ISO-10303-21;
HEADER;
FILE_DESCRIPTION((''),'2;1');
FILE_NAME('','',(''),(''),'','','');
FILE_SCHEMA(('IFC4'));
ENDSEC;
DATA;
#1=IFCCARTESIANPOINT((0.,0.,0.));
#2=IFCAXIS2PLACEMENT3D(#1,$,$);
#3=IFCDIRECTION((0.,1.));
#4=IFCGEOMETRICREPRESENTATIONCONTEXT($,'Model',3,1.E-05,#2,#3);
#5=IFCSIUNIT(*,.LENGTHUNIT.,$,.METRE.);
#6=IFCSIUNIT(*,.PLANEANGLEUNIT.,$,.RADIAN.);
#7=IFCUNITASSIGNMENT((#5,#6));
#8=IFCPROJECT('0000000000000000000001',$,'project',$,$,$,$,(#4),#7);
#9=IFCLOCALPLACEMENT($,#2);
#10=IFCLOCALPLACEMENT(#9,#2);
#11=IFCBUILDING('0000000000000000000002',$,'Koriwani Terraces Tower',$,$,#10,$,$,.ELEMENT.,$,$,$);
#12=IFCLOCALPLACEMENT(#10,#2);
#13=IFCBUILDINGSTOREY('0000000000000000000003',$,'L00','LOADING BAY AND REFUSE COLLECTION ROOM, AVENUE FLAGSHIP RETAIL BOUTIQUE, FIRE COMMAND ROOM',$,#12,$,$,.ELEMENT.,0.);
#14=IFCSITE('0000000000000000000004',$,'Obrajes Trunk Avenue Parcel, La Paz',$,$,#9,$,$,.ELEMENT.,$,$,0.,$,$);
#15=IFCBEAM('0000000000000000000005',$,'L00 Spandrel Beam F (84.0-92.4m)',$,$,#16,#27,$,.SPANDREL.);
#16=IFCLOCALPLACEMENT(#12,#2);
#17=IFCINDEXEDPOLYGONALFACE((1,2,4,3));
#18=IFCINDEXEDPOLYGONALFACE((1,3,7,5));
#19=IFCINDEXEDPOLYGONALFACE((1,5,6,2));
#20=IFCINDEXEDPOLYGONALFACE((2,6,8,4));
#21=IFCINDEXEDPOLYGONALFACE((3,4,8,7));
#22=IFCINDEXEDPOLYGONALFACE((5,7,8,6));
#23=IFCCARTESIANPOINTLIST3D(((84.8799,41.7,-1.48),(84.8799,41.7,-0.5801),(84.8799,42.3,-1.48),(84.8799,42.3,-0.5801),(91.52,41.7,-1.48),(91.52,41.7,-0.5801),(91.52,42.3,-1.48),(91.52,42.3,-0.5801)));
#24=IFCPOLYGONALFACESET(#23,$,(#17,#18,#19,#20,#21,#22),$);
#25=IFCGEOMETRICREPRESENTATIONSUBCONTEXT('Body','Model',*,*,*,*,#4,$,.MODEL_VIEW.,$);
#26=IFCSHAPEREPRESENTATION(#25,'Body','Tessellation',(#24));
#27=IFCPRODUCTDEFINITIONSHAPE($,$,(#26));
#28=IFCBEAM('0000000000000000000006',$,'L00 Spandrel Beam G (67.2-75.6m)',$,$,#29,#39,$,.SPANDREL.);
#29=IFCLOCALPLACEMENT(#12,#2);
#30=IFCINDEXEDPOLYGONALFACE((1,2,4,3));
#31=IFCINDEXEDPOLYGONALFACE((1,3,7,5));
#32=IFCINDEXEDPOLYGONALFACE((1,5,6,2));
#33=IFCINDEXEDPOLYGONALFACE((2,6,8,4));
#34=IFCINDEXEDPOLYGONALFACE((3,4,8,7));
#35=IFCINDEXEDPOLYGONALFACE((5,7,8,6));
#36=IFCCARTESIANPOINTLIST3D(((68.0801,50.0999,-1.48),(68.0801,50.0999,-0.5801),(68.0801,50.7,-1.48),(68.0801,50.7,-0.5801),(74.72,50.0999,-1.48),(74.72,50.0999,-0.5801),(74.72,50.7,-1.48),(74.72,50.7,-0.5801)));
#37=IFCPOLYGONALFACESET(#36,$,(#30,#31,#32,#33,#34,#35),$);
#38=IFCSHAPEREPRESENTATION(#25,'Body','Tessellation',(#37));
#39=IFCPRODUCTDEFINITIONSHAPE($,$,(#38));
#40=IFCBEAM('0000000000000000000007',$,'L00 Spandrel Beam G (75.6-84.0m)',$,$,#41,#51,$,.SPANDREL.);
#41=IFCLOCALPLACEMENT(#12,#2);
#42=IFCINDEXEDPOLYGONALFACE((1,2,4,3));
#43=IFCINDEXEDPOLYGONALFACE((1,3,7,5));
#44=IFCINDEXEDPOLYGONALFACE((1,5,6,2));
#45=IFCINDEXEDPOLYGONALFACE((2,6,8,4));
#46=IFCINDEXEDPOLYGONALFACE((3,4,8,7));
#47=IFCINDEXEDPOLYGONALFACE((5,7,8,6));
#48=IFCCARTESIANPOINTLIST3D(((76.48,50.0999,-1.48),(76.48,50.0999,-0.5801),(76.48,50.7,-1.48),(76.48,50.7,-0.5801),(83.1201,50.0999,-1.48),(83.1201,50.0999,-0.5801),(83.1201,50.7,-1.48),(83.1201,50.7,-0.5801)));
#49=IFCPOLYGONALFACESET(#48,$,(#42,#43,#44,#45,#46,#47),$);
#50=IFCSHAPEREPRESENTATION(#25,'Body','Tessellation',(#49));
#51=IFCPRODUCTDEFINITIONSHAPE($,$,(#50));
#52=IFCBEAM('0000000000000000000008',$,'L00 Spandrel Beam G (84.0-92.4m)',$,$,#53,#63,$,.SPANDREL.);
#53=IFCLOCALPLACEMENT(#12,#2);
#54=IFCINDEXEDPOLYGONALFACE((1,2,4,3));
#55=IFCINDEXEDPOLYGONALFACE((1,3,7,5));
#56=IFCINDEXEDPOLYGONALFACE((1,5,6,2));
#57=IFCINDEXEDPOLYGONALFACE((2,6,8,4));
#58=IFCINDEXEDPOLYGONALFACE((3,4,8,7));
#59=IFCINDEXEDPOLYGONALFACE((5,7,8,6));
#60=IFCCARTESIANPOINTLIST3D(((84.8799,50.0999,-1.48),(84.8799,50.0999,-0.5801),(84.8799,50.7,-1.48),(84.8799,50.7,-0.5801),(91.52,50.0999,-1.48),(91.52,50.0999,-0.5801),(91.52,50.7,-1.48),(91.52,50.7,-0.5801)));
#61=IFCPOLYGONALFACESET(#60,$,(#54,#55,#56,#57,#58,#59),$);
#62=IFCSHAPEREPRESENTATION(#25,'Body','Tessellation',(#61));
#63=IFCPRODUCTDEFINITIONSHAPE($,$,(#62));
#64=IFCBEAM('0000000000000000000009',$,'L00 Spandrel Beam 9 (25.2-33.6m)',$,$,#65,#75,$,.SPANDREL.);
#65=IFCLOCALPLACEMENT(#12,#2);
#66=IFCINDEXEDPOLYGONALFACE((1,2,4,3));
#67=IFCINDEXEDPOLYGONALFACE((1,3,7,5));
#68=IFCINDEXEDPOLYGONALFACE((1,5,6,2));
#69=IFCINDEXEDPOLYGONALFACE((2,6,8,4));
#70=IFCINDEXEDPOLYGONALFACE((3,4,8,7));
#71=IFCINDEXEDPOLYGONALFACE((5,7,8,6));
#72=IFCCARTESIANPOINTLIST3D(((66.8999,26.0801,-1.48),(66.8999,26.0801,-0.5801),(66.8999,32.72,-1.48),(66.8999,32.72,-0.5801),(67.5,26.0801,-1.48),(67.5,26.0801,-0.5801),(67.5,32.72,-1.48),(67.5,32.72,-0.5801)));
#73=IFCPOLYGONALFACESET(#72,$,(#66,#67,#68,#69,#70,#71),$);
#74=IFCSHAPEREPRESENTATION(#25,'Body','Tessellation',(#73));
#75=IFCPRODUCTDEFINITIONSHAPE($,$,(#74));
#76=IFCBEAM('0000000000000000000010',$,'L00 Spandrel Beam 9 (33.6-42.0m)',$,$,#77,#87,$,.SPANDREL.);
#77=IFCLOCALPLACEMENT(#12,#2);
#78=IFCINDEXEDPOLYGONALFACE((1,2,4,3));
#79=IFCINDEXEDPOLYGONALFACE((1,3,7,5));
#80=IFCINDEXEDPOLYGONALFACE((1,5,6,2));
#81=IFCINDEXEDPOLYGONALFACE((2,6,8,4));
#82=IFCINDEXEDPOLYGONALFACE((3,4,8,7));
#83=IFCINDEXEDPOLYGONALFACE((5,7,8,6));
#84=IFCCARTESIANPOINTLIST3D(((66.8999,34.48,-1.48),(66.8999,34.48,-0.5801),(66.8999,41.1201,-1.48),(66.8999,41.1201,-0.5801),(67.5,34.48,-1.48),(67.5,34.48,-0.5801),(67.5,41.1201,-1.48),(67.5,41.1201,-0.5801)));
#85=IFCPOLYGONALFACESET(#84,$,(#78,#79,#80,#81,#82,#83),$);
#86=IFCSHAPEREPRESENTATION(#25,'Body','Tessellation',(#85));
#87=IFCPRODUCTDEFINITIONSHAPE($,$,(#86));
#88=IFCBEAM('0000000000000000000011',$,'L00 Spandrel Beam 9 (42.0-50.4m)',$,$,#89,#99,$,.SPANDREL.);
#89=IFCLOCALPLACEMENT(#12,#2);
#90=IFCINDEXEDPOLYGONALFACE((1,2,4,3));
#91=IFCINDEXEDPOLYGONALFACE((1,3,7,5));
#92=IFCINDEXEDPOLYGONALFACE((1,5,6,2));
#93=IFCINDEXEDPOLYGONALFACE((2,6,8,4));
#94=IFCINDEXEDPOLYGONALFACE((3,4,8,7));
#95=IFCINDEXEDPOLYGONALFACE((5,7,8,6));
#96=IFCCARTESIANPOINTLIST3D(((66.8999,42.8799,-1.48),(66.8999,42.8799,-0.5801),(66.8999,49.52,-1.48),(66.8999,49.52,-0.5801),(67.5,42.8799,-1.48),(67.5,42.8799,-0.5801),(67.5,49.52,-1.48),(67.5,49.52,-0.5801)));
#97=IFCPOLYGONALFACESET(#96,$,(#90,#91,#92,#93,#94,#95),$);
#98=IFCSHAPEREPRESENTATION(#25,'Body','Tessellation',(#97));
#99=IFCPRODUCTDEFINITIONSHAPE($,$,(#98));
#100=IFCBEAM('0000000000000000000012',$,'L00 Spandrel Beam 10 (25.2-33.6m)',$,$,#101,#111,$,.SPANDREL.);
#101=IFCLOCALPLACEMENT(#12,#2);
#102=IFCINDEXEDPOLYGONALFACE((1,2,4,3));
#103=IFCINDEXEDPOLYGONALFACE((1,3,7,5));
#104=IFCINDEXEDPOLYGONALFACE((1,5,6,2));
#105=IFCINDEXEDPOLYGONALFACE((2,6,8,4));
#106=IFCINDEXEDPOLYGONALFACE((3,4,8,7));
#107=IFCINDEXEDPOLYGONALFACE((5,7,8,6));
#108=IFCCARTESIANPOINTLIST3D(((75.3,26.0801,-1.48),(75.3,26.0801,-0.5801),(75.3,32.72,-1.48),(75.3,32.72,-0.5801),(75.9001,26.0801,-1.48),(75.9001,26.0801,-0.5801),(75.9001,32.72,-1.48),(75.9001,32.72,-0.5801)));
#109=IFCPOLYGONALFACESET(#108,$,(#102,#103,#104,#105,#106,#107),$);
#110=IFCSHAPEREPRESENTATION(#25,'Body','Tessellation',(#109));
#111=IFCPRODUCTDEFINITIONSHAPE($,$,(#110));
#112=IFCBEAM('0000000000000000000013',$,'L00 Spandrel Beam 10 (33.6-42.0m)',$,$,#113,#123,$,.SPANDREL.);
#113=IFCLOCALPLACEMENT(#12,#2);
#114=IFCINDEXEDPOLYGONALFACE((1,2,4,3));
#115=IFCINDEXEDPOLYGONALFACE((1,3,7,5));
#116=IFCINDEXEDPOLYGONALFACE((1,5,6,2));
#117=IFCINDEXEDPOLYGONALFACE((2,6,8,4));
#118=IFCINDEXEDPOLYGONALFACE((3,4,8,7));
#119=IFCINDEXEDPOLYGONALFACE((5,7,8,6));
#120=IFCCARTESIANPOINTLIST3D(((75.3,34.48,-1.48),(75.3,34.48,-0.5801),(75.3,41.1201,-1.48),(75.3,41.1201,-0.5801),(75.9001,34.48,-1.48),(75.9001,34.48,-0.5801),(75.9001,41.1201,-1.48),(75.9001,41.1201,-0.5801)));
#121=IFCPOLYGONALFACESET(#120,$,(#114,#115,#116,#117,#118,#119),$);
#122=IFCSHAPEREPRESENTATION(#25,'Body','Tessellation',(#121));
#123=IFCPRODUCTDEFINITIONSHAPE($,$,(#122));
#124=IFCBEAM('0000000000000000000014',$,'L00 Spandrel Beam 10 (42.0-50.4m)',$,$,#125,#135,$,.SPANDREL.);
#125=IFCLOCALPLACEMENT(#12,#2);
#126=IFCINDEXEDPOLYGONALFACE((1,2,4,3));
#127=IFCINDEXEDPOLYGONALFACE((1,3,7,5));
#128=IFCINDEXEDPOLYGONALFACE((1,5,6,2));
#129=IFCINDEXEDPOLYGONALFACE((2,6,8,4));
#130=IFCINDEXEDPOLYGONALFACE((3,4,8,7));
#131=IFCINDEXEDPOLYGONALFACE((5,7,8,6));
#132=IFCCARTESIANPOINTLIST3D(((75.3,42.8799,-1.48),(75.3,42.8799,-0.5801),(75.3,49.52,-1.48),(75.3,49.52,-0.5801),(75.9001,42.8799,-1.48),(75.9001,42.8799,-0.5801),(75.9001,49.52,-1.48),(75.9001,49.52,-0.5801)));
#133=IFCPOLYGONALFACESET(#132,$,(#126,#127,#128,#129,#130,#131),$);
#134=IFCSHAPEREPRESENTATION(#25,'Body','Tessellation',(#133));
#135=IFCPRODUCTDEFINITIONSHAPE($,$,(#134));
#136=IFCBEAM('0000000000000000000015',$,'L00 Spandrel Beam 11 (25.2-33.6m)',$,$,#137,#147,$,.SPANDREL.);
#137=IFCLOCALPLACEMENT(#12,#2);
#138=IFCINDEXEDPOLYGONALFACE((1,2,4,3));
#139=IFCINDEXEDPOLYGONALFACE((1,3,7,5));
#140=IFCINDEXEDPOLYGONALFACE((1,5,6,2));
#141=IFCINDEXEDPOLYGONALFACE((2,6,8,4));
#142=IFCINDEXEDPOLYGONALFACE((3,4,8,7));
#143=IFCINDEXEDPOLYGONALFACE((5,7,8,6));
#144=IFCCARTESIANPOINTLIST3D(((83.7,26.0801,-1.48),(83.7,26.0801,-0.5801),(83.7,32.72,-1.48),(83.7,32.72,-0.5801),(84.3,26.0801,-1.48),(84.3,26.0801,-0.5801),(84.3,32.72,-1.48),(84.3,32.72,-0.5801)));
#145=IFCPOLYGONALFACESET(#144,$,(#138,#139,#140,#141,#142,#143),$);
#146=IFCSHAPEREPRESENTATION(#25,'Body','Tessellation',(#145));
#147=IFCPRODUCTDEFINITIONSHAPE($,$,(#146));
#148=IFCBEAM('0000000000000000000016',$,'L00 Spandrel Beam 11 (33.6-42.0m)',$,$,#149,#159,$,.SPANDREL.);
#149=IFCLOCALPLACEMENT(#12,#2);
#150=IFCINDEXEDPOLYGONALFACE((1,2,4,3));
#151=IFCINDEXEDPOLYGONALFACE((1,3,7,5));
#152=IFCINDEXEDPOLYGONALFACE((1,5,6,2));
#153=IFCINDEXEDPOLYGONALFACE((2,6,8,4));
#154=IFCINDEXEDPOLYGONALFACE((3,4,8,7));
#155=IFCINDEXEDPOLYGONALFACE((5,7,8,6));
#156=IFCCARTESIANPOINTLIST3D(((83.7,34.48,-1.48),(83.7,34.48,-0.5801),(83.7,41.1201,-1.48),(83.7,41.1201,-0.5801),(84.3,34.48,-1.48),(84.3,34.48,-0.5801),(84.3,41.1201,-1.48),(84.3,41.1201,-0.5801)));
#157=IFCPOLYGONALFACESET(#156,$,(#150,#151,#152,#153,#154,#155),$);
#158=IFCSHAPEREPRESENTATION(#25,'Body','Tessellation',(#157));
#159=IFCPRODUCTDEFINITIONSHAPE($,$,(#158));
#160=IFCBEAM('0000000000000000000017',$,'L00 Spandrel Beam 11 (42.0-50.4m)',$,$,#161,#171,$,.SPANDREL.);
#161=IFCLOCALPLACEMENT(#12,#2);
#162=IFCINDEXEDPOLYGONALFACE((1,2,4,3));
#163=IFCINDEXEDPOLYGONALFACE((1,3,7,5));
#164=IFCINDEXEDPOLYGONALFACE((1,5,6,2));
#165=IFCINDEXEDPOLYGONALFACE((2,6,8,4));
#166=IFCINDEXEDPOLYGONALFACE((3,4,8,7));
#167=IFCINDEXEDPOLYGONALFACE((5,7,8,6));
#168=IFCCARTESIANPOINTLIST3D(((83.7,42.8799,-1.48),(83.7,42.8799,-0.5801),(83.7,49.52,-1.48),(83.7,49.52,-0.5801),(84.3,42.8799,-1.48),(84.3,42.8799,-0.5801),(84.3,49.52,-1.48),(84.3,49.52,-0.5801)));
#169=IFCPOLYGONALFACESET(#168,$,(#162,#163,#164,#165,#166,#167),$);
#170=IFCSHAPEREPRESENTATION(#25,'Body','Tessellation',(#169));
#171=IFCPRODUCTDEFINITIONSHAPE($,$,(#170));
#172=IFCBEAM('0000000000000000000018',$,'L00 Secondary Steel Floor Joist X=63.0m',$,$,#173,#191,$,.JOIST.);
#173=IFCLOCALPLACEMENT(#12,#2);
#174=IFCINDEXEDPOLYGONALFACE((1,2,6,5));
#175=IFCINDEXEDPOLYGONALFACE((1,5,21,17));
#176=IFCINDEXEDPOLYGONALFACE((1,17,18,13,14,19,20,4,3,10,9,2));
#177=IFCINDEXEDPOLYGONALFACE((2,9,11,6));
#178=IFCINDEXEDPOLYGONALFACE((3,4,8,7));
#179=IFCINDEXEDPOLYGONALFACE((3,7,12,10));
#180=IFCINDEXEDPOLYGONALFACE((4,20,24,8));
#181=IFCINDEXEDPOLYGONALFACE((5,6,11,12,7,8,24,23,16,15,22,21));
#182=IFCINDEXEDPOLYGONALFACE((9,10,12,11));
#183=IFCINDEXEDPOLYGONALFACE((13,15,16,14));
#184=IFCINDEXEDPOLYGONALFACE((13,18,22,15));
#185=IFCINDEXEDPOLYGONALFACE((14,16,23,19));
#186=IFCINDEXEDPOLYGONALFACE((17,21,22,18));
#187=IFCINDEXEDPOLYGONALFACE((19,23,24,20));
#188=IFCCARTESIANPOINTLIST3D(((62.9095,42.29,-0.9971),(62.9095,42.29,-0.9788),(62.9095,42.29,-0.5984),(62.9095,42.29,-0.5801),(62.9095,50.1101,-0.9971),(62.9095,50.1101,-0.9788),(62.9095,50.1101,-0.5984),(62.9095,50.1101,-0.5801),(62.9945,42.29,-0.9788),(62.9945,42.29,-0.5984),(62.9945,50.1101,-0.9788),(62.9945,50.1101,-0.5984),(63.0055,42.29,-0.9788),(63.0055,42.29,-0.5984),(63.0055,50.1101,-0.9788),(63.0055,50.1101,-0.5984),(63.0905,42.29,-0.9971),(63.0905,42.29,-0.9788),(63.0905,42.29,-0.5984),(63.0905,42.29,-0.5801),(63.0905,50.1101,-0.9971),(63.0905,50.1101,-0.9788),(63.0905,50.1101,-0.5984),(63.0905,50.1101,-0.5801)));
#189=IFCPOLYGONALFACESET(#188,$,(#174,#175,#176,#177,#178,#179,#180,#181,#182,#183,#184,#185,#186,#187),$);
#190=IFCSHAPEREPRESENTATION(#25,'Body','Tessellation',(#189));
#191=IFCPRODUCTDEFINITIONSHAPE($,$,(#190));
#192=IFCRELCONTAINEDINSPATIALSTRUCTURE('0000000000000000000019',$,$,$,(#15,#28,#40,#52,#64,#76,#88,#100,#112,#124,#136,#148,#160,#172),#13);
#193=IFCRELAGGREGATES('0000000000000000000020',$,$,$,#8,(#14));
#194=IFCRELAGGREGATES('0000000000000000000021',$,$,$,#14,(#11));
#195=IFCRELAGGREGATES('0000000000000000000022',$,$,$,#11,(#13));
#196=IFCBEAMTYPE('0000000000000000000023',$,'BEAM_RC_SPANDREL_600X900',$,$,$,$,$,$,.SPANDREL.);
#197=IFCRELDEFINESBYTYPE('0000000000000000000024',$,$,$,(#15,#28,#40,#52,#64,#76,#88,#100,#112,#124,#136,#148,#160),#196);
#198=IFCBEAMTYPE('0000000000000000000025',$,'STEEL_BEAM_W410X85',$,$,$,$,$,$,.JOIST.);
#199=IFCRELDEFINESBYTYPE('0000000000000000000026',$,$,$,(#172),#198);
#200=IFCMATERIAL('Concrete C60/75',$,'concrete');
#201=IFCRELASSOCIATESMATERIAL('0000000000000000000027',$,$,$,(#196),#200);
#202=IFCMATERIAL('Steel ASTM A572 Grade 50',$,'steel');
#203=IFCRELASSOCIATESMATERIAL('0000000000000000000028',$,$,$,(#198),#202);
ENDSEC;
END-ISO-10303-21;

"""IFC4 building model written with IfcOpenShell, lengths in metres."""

from ifc_helpers import new_model, si_unit, direction, frame, origin, origin_2d, place, context, subcontext, project, spatial, rectangle, i_section, extrude, material, material_profile, profile_set, type_object, element, save


model = new_model("IFC4")

# Units and contexts
model_context = context("Model", 3, precision=1e-05, world=origin(), true_north=direction((0.0, 1.0)))
body_context = subcontext(model_context, "Body", "Model", "MODEL_VIEW")
ifc_project = project(units=[si_unit("LENGTHUNIT", "METRE"), si_unit("PLANEANGLEUNIT", "RADIAN")], contexts=[model_context])

# Site, building, storey
site_placement = place(None, origin())
site = spatial("IfcSite", under=ifc_project, at=site_placement, Name="Obrajes Trunk Avenue Parcel, La Paz", CompositionType="ELEMENT", RefElevation=0.0)
building_placement = place(site_placement, origin())
building = spatial("IfcBuilding", under=site, at=building_placement, Name="Koriwani Terraces Tower", CompositionType="ELEMENT")
storey_placement = place(building_placement, origin())
storey = spatial("IfcBuildingStorey", under=building, at=storey_placement, Name="L00", Description="LOADING BAY AND REFUSE COLLECTION ROOM, AVENUE FLAGSHIP RETAIL BOUTIQUE, FIRE COMMAND ROOM", CompositionType="ELEMENT", Elevation=0.0)

# Shared definitions
ifc_material_1 = material(Name="Concrete C60/75", Category="concrete")

# Beams
ifc_material_profile_1 = material_profile(ifc_material_1, rectangle(XDim=0.6001, YDim=0.8999, at=origin_2d()), Name="Concrete C60/75", Category="LoadBearing")
ifc_profile_set_1 = profile_set([ifc_material_profile_1], Name="Concrete C60/75")
beam_type_1 = type_object("IfcBeamType", Name="BEAM_RC_SPANDREL_600X900", PredefinedType="SPANDREL", material=ifc_profile_set_1)
for number, where, z_axis, x_axis, name in (
    (1, (84.8799, 42.0, -1.03), (1.0, 0.0, 0.0), (0.0, 1.0, 0.0), "L00 Spandrel Beam F (84.0-92.4m)"),
):
    element("IfcBeam", number, at=place(storey_placement, frame(where, z_axis=z_axis, x_axis=x_axis)), inside=storey, type_object=beam_type_1, Name=name, PredefinedType="SPANDREL", context=body_context, shape_type="SweptSolid", body=[
        extrude(rectangle(XDim=0.6001, YDim=0.8999, at=origin_2d()), origin(), (0.0, 0.0, 1.0), 6.6401),
    ])
beam_1_placement = place(storey_placement, frame((68.0801, 50.3999, -1.03), z_axis=(1.0, 0.0, 0.0), x_axis=(0.0, 1.0, 0.0)))
element("IfcBeam", 2, at=beam_1_placement, inside=storey, type_object=beam_type_1, Name="L00 Spandrel Beam G (67.2-75.6m)", PredefinedType="SPANDREL", context=body_context, shape_type="SweptSolid", body=[
    extrude(rectangle(XDim=0.6001, YDim=0.8999, at=origin_2d()), origin(), (0.0, 0.0, 1.0), 6.6399),
])
for number, where, z_axis, x_axis, name in (
    (3, (76.48, 50.3999, -1.03), (1.0, 0.0, 0.0), (0.0, 1.0, 0.0), "L00 Spandrel Beam G (75.6-84.0m)"),
    (4, (84.8799, 50.3999, -1.03), (1.0, 0.0, 0.0), (0.0, 1.0, 0.0), "L00 Spandrel Beam G (84.0-92.4m)"),
):
    element("IfcBeam", number, at=place(storey_placement, frame(where, z_axis=z_axis, x_axis=x_axis)), inside=storey, type_object=beam_type_1, Name=name, PredefinedType="SPANDREL", context=body_context, shape_type="SweptSolid", body=[
        extrude(rectangle(XDim=0.6001, YDim=0.8999, at=origin_2d()), origin(), (0.0, 0.0, 1.0), 6.6401),
    ])
beam_2_placement = place(storey_placement, frame((67.2, 26.0801, -1.03), z_axis=(0.0, 1.0, 0.0), x_axis=(-1.0, 0.0, 0.0)))
element("IfcBeam", 5, at=beam_2_placement, inside=storey, type_object=beam_type_1, Name="L00 Spandrel Beam 9 (25.2-33.6m)", PredefinedType="SPANDREL", context=body_context, shape_type="SweptSolid", body=[
    extrude(rectangle(XDim=0.6001, YDim=0.8999, at=origin_2d()), origin(), (0.0, 0.0, 1.0), 6.6399),
])
for number, where, z_axis, x_axis, name in (
    (6, (67.2, 34.48, -1.03), (0.0, 1.0, 0.0), (-1.0, 0.0, 0.0), "L00 Spandrel Beam 9 (33.6-42.0m)"),
    (7, (67.2, 42.8799, -1.03), (0.0, 1.0, 0.0), (-1.0, 0.0, 0.0), "L00 Spandrel Beam 9 (42.0-50.4m)"),
):
    element("IfcBeam", number, at=place(storey_placement, frame(where, z_axis=z_axis, x_axis=x_axis)), inside=storey, type_object=beam_type_1, Name=name, PredefinedType="SPANDREL", context=body_context, shape_type="SweptSolid", body=[
        extrude(rectangle(XDim=0.6001, YDim=0.8999, at=origin_2d()), origin(), (0.0, 0.0, 1.0), 6.6401),
    ])
beam_3_placement = place(storey_placement, frame((75.6001, 26.0801, -1.03), z_axis=(0.0, 1.0, 0.0), x_axis=(-1.0, 0.0, 0.0)))
element("IfcBeam", 8, at=beam_3_placement, inside=storey, type_object=beam_type_1, Name="L00 Spandrel Beam 10 (25.2-33.6m)", PredefinedType="SPANDREL", context=body_context, shape_type="SweptSolid", body=[
    extrude(rectangle(XDim=0.6001, YDim=0.8999, at=origin_2d()), origin(), (0.0, 0.0, 1.0), 6.6399),
])
for number, where, z_axis, x_axis, name in (
    (9, (75.6001, 34.48, -1.03), (0.0, 1.0, 0.0), (-1.0, 0.0, 0.0), "L00 Spandrel Beam 10 (33.6-42.0m)"),
    (10, (75.6001, 42.8799, -1.03), (0.0, 1.0, 0.0), (-1.0, 0.0, 0.0), "L00 Spandrel Beam 10 (42.0-50.4m)"),
):
    element("IfcBeam", number, at=place(storey_placement, frame(where, z_axis=z_axis, x_axis=x_axis)), inside=storey, type_object=beam_type_1, Name=name, PredefinedType="SPANDREL", context=body_context, shape_type="SweptSolid", body=[
        extrude(rectangle(XDim=0.6001, YDim=0.8999, at=origin_2d()), origin(), (0.0, 0.0, 1.0), 6.6401),
    ])
beam_4_placement = place(storey_placement, frame((84.0, 26.0801, -1.03), z_axis=(0.0, 1.0, 0.0), x_axis=(-1.0, 0.0, 0.0)))
element("IfcBeam", 11, at=beam_4_placement, inside=storey, type_object=beam_type_1, Name="L00 Spandrel Beam 11 (25.2-33.6m)", PredefinedType="SPANDREL", context=body_context, shape_type="SweptSolid", body=[
    extrude(rectangle(XDim=0.6001, YDim=0.8999, at=origin_2d()), origin(), (0.0, 0.0, 1.0), 6.6399),
])
for number, where, z_axis, x_axis, name in (
    (12, (84.0, 34.48, -1.03), (0.0, 1.0, 0.0), (-1.0, 0.0, 0.0), "L00 Spandrel Beam 11 (33.6-42.0m)"),
    (13, (84.0, 42.8799, -1.03), (0.0, 1.0, 0.0), (-1.0, 0.0, 0.0), "L00 Spandrel Beam 11 (42.0-50.4m)"),
):
    element("IfcBeam", number, at=place(storey_placement, frame(where, z_axis=z_axis, x_axis=x_axis)), inside=storey, type_object=beam_type_1, Name=name, PredefinedType="SPANDREL", context=body_context, shape_type="SweptSolid", body=[
        extrude(rectangle(XDim=0.6001, YDim=0.8999, at=origin_2d()), origin(), (0.0, 0.0, 1.0), 6.6401),
    ])
ifc_material_2 = material(Name="Steel ASTM A572 Grade 50", Category="steel")
ifc_material_profile_2 = material_profile(ifc_material_2, i_section(OverallWidth=0.1809, OverallDepth=0.417, WebThickness=0.011, FlangeThickness=0.0183, at=origin_2d()), Name="Steel ASTM A572 Grade 50", Category="LoadBearing")
ifc_profile_set_2 = profile_set([ifc_material_profile_2], Name="Steel ASTM A572 Grade 50")
beam_type_2 = type_object("IfcBeamType", Name="STEEL_BEAM_W410X85", PredefinedType="JOIST", material=ifc_profile_set_2)
for number, where, z_axis, x_axis, name in (
    (14, (63.0, 42.29, -0.7886), (0.0, 1.0, 0.0), (-1.0, 0.0, 0.0), "L00 Secondary Steel Floor Joist X=63.0m"),
):
    element("IfcBeam", number, at=place(storey_placement, frame(where, z_axis=z_axis, x_axis=x_axis)), inside=storey, type_object=beam_type_2, Name=name, PredefinedType="JOIST", context=body_context, shape_type="SweptSolid", body=[
        extrude(i_section(OverallWidth=0.1809, OverallDepth=0.417, WebThickness=0.011, FlangeThickness=0.0183, at=origin_2d()), origin(), (0.0, 0.0, 1.0), 7.8201),
    ])

save(model, "model.ifc")
